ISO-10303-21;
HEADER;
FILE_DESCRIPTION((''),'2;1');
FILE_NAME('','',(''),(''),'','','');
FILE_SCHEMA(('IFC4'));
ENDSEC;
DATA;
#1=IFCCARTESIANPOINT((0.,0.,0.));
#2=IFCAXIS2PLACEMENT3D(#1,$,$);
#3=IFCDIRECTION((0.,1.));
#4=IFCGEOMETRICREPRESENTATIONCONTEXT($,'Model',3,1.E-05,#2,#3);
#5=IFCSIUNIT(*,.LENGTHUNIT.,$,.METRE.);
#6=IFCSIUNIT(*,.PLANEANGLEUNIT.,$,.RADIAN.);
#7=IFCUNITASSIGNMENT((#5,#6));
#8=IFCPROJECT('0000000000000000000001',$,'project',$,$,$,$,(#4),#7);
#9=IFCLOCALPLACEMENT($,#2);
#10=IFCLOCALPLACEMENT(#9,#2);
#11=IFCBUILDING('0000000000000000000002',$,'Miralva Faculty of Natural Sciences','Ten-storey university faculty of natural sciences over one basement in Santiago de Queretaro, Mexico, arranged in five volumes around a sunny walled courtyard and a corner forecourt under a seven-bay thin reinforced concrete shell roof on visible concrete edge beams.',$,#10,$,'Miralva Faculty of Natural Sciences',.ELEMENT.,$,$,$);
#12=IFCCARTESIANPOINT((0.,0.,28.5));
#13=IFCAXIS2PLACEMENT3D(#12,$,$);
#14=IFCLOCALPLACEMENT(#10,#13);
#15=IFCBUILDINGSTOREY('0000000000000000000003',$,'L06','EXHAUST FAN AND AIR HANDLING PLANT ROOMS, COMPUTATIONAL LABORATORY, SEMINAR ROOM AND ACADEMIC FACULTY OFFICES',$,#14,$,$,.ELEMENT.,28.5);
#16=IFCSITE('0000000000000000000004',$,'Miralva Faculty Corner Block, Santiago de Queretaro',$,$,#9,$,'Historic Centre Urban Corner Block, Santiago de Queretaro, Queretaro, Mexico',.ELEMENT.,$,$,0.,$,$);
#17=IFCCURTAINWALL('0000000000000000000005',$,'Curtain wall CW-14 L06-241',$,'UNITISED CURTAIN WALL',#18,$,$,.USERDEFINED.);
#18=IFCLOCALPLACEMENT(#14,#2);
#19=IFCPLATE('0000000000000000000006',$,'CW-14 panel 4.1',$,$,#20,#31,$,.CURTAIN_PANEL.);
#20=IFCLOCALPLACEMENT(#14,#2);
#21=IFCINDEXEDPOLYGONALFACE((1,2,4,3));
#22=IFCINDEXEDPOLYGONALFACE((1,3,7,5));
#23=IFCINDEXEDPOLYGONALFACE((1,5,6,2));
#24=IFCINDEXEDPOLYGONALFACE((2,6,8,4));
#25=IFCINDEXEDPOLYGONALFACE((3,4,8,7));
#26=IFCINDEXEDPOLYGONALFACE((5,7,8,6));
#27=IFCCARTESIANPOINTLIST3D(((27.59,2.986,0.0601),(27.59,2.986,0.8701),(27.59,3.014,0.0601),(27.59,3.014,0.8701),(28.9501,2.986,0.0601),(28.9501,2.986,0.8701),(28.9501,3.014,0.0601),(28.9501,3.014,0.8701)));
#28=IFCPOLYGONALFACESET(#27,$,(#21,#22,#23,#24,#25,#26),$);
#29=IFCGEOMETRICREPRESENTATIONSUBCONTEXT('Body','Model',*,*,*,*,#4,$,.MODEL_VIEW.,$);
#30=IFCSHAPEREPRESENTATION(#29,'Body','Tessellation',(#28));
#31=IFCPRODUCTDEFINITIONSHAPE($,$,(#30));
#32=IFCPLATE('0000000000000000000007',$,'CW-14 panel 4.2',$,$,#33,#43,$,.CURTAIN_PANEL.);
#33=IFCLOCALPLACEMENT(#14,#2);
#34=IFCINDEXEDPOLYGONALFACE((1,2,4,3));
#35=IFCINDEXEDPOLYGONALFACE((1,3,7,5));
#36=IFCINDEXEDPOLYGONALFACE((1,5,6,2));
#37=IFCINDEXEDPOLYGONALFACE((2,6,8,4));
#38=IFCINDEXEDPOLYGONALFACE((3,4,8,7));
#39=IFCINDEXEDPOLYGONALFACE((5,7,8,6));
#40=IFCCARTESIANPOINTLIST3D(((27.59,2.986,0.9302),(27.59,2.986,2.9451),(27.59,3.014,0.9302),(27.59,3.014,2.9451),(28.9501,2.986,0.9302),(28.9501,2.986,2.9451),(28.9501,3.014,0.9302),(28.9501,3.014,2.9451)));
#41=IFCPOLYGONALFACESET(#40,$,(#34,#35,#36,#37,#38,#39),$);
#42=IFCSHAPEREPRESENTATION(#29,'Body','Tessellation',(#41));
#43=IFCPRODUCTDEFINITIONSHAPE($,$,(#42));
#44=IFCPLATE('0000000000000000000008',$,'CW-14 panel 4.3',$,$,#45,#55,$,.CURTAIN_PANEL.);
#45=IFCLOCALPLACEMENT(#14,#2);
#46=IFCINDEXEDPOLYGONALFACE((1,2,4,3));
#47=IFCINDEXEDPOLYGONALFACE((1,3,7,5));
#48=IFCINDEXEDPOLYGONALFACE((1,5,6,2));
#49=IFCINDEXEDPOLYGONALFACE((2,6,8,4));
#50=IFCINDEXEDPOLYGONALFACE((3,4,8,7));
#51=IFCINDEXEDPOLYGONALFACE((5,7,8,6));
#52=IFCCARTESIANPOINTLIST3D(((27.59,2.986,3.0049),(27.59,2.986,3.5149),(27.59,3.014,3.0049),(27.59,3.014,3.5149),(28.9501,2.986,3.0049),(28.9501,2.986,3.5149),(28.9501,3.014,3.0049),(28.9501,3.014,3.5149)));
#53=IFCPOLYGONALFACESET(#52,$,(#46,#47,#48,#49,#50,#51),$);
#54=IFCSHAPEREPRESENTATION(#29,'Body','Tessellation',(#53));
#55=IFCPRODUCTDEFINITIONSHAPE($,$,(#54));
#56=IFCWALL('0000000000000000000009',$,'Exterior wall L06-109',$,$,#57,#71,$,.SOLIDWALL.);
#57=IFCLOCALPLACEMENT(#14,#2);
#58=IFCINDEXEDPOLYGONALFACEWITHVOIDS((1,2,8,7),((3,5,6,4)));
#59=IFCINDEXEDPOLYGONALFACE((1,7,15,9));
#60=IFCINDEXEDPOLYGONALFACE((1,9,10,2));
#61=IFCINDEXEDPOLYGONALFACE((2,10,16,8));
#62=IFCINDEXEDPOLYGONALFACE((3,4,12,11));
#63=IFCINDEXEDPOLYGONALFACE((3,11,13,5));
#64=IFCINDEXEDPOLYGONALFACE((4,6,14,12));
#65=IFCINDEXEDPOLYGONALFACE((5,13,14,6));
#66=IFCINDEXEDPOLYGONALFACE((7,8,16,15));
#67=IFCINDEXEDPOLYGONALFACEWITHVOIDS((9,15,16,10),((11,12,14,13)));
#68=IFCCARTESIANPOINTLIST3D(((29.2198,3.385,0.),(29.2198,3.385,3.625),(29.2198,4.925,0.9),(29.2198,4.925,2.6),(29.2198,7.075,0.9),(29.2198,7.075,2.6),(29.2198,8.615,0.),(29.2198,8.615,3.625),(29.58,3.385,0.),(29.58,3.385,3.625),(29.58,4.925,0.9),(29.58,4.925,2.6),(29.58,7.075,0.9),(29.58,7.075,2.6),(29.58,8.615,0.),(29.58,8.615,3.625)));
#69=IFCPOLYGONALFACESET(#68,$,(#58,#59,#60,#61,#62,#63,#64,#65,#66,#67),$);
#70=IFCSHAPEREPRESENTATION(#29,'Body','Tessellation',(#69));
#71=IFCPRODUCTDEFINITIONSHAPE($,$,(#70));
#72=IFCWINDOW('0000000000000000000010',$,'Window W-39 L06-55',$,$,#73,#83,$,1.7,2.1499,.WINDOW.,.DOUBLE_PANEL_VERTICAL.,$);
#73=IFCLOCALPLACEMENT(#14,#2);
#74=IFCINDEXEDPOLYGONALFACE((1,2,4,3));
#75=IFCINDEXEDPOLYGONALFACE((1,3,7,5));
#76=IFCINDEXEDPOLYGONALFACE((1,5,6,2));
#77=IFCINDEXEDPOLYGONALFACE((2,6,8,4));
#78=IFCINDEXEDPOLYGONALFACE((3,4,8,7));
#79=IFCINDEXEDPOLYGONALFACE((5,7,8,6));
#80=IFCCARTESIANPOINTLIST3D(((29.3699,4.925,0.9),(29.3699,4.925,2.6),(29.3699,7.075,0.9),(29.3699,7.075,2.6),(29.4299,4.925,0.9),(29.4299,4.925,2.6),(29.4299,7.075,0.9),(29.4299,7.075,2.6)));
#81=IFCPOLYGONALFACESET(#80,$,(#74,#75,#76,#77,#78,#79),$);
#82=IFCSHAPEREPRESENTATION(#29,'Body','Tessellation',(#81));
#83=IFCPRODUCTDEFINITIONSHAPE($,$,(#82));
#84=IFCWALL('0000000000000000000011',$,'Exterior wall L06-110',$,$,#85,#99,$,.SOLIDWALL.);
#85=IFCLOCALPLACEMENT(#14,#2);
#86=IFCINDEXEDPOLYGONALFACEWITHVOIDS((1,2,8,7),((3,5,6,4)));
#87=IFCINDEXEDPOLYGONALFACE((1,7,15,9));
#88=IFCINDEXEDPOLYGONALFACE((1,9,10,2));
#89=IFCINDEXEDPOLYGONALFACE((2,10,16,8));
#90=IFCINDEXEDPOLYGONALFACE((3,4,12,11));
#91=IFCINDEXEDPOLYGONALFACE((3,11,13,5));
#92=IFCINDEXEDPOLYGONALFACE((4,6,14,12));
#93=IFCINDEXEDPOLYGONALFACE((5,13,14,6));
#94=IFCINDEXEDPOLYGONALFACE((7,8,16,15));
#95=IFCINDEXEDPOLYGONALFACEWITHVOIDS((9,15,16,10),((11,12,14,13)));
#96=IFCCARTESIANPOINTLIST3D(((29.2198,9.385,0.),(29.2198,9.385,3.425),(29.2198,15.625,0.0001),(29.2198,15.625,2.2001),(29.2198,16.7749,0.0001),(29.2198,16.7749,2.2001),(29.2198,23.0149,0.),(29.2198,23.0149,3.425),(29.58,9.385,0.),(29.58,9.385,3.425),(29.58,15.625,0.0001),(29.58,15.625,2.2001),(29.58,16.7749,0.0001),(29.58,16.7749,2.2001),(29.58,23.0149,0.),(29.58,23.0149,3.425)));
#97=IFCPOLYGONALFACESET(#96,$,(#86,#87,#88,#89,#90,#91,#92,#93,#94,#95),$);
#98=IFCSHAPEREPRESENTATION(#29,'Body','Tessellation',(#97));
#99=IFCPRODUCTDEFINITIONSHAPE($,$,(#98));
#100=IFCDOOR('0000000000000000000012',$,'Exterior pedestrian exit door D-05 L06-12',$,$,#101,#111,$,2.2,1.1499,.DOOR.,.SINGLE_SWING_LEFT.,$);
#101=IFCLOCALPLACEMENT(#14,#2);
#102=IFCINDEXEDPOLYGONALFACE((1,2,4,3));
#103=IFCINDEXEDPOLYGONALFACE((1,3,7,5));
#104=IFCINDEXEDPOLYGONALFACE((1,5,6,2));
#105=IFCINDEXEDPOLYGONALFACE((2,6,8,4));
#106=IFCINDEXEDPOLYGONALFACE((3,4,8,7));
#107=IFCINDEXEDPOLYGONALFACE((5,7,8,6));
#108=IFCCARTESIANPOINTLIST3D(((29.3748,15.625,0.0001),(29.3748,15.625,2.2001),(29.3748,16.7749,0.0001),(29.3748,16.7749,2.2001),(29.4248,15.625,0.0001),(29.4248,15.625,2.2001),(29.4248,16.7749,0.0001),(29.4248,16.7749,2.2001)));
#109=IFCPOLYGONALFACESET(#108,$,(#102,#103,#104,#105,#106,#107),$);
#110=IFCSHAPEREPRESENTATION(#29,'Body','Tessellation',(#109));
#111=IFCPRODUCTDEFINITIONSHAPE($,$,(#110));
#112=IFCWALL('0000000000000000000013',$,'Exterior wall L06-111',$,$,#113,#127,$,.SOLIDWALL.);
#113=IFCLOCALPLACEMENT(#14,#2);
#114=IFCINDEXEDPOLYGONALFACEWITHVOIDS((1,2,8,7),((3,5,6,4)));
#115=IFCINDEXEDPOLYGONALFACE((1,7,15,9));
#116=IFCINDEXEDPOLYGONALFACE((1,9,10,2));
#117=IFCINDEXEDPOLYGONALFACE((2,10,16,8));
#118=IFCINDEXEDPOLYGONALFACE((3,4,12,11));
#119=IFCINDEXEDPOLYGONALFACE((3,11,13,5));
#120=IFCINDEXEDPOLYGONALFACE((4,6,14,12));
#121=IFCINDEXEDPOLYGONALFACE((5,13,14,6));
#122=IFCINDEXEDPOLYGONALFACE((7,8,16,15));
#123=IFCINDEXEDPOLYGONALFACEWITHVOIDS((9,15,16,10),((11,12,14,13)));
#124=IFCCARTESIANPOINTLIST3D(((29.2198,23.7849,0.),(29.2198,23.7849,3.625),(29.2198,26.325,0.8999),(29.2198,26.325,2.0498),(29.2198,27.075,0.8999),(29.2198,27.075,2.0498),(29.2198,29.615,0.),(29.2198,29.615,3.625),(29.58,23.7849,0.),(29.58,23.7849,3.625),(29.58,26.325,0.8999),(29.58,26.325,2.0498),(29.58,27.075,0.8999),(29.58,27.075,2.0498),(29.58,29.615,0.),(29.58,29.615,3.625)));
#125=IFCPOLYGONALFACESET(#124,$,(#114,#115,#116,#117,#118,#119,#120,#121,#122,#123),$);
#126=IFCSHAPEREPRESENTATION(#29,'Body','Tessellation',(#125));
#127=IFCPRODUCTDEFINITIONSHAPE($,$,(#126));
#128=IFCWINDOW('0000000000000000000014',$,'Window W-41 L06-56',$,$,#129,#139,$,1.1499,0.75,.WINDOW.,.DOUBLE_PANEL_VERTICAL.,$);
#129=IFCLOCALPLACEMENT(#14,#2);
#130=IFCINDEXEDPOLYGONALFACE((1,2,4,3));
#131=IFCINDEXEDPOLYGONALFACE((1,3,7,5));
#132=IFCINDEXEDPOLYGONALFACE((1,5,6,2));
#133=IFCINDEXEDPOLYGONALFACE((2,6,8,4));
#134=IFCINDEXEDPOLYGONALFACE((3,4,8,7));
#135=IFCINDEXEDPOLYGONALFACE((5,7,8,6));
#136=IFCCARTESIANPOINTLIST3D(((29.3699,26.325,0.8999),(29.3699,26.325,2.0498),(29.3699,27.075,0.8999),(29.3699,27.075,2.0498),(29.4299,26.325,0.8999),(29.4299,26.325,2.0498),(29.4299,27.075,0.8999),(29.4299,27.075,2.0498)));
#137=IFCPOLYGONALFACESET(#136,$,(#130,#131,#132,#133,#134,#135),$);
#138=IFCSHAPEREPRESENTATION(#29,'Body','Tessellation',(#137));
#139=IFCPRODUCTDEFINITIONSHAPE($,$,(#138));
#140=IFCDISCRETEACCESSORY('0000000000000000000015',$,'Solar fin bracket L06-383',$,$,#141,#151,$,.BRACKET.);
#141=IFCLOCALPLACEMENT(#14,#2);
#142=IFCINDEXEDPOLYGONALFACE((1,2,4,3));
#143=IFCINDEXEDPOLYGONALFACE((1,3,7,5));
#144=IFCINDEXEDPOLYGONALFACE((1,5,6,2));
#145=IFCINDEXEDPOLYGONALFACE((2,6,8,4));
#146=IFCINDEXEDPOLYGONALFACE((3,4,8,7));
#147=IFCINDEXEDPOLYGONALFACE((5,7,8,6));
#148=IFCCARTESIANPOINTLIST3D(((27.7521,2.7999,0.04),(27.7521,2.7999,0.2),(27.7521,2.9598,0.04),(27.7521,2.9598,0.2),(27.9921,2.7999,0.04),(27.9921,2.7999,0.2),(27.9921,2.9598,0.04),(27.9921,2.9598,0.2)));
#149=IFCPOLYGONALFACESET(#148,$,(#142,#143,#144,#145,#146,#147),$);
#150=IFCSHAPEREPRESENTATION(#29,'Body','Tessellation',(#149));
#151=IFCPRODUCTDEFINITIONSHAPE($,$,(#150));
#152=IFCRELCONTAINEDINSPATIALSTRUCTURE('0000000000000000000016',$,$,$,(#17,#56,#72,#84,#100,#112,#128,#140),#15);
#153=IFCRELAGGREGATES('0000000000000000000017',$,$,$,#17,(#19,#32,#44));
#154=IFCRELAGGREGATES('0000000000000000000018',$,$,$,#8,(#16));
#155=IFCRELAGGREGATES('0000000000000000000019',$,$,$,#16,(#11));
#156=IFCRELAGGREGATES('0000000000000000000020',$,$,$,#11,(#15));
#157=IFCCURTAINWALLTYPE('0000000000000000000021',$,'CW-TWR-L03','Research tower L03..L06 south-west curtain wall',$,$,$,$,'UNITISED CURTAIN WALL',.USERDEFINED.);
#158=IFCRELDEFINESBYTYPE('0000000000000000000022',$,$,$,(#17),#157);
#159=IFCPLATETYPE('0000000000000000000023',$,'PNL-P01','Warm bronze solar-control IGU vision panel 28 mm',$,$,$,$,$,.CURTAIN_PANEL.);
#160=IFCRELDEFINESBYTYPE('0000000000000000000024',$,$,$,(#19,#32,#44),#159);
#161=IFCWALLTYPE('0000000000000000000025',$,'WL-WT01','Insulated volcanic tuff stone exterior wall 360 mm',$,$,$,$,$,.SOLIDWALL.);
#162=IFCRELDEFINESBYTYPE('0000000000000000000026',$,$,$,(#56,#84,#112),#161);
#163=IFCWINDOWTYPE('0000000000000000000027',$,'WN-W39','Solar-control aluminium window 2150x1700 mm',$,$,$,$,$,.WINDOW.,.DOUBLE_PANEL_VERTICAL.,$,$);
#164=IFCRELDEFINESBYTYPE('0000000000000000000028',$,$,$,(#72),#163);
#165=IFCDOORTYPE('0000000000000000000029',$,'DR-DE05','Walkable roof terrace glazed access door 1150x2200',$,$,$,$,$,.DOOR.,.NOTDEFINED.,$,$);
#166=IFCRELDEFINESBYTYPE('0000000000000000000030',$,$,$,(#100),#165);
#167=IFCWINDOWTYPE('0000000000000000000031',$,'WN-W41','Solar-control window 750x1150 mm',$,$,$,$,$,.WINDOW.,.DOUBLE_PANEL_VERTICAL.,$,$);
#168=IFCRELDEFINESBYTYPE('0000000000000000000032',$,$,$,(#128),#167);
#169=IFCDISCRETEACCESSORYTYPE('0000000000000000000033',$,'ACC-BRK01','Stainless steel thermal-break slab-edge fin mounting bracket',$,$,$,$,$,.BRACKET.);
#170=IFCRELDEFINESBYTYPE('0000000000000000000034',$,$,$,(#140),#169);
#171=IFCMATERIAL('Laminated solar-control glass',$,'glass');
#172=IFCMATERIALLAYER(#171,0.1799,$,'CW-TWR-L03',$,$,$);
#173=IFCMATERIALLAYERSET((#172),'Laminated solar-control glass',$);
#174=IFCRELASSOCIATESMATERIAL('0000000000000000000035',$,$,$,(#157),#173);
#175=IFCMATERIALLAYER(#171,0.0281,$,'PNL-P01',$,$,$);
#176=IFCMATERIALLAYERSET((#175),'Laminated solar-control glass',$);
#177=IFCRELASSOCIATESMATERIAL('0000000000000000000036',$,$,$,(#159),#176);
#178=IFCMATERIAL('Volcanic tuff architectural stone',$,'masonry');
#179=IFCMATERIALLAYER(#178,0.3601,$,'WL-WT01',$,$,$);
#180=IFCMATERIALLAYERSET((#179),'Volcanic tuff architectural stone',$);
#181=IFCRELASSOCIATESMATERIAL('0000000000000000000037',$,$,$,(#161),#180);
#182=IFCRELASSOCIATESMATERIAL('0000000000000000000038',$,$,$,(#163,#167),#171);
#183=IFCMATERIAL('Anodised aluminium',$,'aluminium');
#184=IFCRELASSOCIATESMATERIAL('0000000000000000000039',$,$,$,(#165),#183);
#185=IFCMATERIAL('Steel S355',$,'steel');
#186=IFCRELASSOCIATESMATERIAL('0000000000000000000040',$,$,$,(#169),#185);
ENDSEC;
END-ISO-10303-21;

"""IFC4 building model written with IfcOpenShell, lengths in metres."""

from ifc_helpers import new_model, si_unit, direction, frame, frame_2d, origin, origin_2d, place, context, subcontext, project, spatial, rectangle, extrude, material, layer, layer_set, type_object, element, fill, aggregate, save


model = new_model("IFC4")

# Units and contexts
model_context = context("Model", 3, precision=1e-05, world=origin(), true_north=direction((0.0, 1.0)))
body_context = subcontext(model_context, "Body", "Model", "MODEL_VIEW")
ifc_project = project(units=[si_unit("LENGTHUNIT", "METRE"), si_unit("PLANEANGLEUNIT", "RADIAN")], contexts=[model_context])

# Site, building, storey
site_placement = place(None, origin())
site = spatial("IfcSite", under=ifc_project, at=site_placement, Name="Miralva Faculty Corner Block, Santiago de Queretaro", LongName="Historic Centre Urban Corner Block, Santiago de Queretaro, Queretaro, Mexico", CompositionType="ELEMENT", RefElevation=0.0)
building_placement = place(site_placement, origin())
building = spatial("IfcBuilding", under=site, at=building_placement, Name="Miralva Faculty of Natural Sciences", Description="Ten-storey university faculty of natural sciences over one basement in Santiago de Queretaro, Mexico, arranged in five volumes around a sunny walled courtyard and a corner forecourt under a seven-bay thin reinforced concrete shell roof on visible concrete edge beams.", LongName="Miralva Faculty of Natural Sciences", CompositionType="ELEMENT")
storey_placement = place(building_placement, frame((0.0, 0.0, 28.5)))
storey = spatial("IfcBuildingStorey", under=building, at=storey_placement, Name="L06", Description="EXHAUST FAN AND AIR HANDLING PLANT ROOMS, COMPUTATIONAL LABORATORY, SEMINAR ROOM AND ACADEMIC FACULTY OFFICES", CompositionType="ELEMENT", Elevation=28.5)

# Curtain wall
ifc_material_1 = material(Name="Laminated solar-control glass", Category="glass")
ifc_layer_1 = layer(ifc_material_1, 0.1799, Name="CW-TWR-L03")
ifc_layer_set_1 = layer_set([ifc_layer_1], Name="Laminated solar-control glass")
curtain_wall_type = type_object("IfcCurtainWallType", Name="CW-TWR-L03", Description="Research tower L03..L06 south-west curtain wall", ElementType="UNITISED CURTAIN WALL", PredefinedType="USERDEFINED", material=ifc_layer_set_1)
curtain_wall_placement = place(storey_placement, origin())
curtain_wall = element("IfcCurtainWall", 1, at=curtain_wall_placement, inside=storey, type_object=curtain_wall_type, Name="Curtain wall CW-14 L06-241", ObjectType="UNITISED CURTAIN WALL", PredefinedType="USERDEFINED")
ifc_material_2 = material(Name="Anodised aluminium", Category="aluminium")

# Shared definitions
ifc_material_3 = material(Name="Steel S355", Category="steel")

# Plates
ifc_layer_2 = layer(ifc_material_1, 0.0281, Name="PNL-P01")
ifc_layer_set_2 = layer_set([ifc_layer_2], Name="Laminated solar-control glass")
plate_type = type_object("IfcPlateType", Name="PNL-P01", Description="Warm bronze solar-control IGU vision panel 28 mm", PredefinedType="CURTAIN_PANEL", material=ifc_layer_set_2)
plate_1_placement = place(storey_placement, frame((28.27, 3.0, 0.0601), z_axis=(0.0, 0.0, 1.0), x_axis=(1.0, 0.0, 0.0)))
plate_1 = element("IfcPlate", 2, at=plate_1_placement, type_object=plate_type, Name="CW-14 panel 4.1", PredefinedType="CURTAIN_PANEL", context=body_context, shape_type="SweptSolid", body=[
    extrude(rectangle(XDim=1.3601, YDim=0.0281, at=origin_2d()), origin(), (0.0, 0.0, 1.0), 0.8101),
])
plate_2_placement = place(storey_placement, frame((28.27, 3.0, 0.9302), z_axis=(0.0, 0.0, 1.0), x_axis=(1.0, 0.0, 0.0)))
plate_2 = element("IfcPlate", 3, at=plate_2_placement, type_object=plate_type, Name="CW-14 panel 4.2", PredefinedType="CURTAIN_PANEL", context=body_context, shape_type="SweptSolid", body=[
    extrude(rectangle(XDim=1.3601, YDim=0.0281, at=origin_2d()), origin(), (0.0, 0.0, 1.0), 2.0149),
])
plate_3_placement = place(storey_placement, frame((28.27, 3.0, 3.0049), z_axis=(0.0, 0.0, 1.0), x_axis=(1.0, 0.0, 0.0)))
plate_3 = element("IfcPlate", 4, at=plate_3_placement, type_object=plate_type, Name="CW-14 panel 4.3", PredefinedType="CURTAIN_PANEL", context=body_context, shape_type="SweptSolid", body=[
    extrude(rectangle(XDim=1.3601, YDim=0.0281, at=origin_2d()), origin(), (0.0, 0.0, 1.0), 0.51),
])
aggregate(curtain_wall, [plate_1, plate_2, plate_3])

# Wall, opening, window
ifc_material_4 = material(Name="Volcanic tuff architectural stone", Category="masonry")
ifc_layer_3 = layer(ifc_material_4, 0.3601, Name="WL-WT01")
ifc_layer_set_3 = layer_set([ifc_layer_3], Name="Volcanic tuff architectural stone")
wall_type = type_object("IfcWallType", Name="WL-WT01", Description="Insulated volcanic tuff stone exterior wall 360 mm", PredefinedType="SOLIDWALL", material=ifc_layer_set_3)
wall_1_placement = place(storey_placement, frame((29.3999, 3.385, 0.0), z_axis=(0.0, 0.0, 1.0), x_axis=(0.0, 1.0, 0.0)))
wall_1 = element("IfcWall", 5, at=wall_1_placement, inside=storey, type_object=wall_type, Name="Exterior wall L06-109", PredefinedType="SOLIDWALL", context=body_context, shape_type="SweptSolid", body=[
    extrude(rectangle(XDim=5.23, YDim=0.3601, at=frame_2d((2.615, 0.0))), origin(), (0.0, 0.0, 1.0), 3.625),
])
opening_1_placement = place(wall_1_placement, frame((1.54, 0.0, 0.8999)))
opening_1 = element("IfcOpeningElement", 6, at=opening_1_placement, cuts=wall_1, PredefinedType="OPENING", context=body_context, shape_type="SweptSolid", body=[
    extrude(rectangle(XDim=2.1499, YDim=1.7, at=frame_2d((1.075, 0.8501))), frame((0.0, 0.1899, 0.0), z_axis=(0.0, -1.0, 0.0), x_axis=(1.0, 0.0, 0.0)), (0.0, 0.0, 1.0), 0.3801),
])
window_type_1 = type_object("IfcWindowType", Name="WN-W39", Description="Solar-control aluminium window 2150x1700 mm", PartitioningType="DOUBLE_PANEL_VERTICAL", PredefinedType="WINDOW", material=ifc_material_1)
window_1_placement = place(opening_1_placement, frame((2.1499, 0.0, 0.0), z_axis=(0.0, 0.0, 1.0), x_axis=(-1.0, 0.0, 0.0)))
window_1 = element("IfcWindow", 7, at=window_1_placement, inside=storey, type_object=window_type_1, Name="Window W-39 L06-55", OverallHeight=1.7, OverallWidth=2.1499, PartitioningType="DOUBLE_PANEL_VERTICAL", PredefinedType="WINDOW", context=body_context, shape_type="SweptSolid", body=[
    extrude(rectangle(XDim=2.1499, YDim=1.7, at=frame_2d((1.075, 0.8501))), frame((0.0, 0.03, 0.0), z_axis=(0.0, -1.0, 0.0), x_axis=(1.0, 0.0, 0.0)), (0.0, 0.0, 1.0), 0.0601),
])
fill(opening_1, window_1)

# Wall, opening, door
wall_2_placement = place(storey_placement, frame((29.3999, 9.385, 0.0), z_axis=(0.0, 0.0, 1.0), x_axis=(0.0, 1.0, 0.0)))
wall_2 = element("IfcWall", 8, at=wall_2_placement, inside=storey, type_object=wall_type, Name="Exterior wall L06-110", PredefinedType="SOLIDWALL", context=body_context, shape_type="SweptSolid", body=[
    extrude(rectangle(XDim=13.6299, YDim=0.3601, at=frame_2d((6.8149, 0.0))), origin(), (0.0, 0.0, 1.0), 3.425),
])
opening_2_placement = place(wall_2_placement, frame((6.24, 0.0, 0.0)))
opening_2 = element("IfcOpeningElement", 9, at=opening_2_placement, cuts=wall_2, PredefinedType="OPENING", context=body_context, shape_type="SweptSolid", body=[
    extrude(rectangle(XDim=1.1499, YDim=2.2, at=frame_2d((0.575, 1.1001))), frame((0.0, 0.1899, 0.0), z_axis=(0.0, -1.0, 0.0), x_axis=(1.0, 0.0, 0.0)), (0.0, 0.0, 1.0), 0.3801),
])
door_type = type_object("IfcDoorType", Name="DR-DE05", Description="Walkable roof terrace glazed access door 1150x2200", OperationType="NOTDEFINED", PredefinedType="DOOR", material=ifc_material_2)
door_placement = place(opening_2_placement, frame((1.1499, 0.0, 0.0), z_axis=(0.0, 0.0, 1.0), x_axis=(-1.0, 0.0, 0.0)))
door = element("IfcDoor", 10, at=door_placement, inside=storey, type_object=door_type, Name="Exterior pedestrian exit door D-05 L06-12", OperationType="SINGLE_SWING_LEFT", OverallHeight=2.2, OverallWidth=1.1499, PredefinedType="DOOR", context=body_context, shape_type="SweptSolid", body=[
    extrude(rectangle(XDim=1.1499, YDim=2.2, at=frame_2d((0.575, 1.1001))), frame((0.0, 0.0249, 0.0), z_axis=(0.0, -1.0, 0.0), x_axis=(1.0, 0.0, 0.0)), (0.0, 0.0, 1.0), 0.05),
])
fill(opening_2, door)

# Wall, opening, window
wall_3_placement = place(storey_placement, frame((29.3999, 23.7849, 0.0), z_axis=(0.0, 0.0, 1.0), x_axis=(0.0, 1.0, 0.0)))
wall_3 = element("IfcWall", 11, at=wall_3_placement, inside=storey, type_object=wall_type, Name="Exterior wall L06-111", PredefinedType="SOLIDWALL", context=body_context, shape_type="SweptSolid", body=[
    extrude(rectangle(XDim=5.8301, YDim=0.3601, at=frame_2d((2.915, 0.0))), origin(), (0.0, 0.0, 1.0), 3.625),
])
opening_3_placement = place(wall_3_placement, frame((2.54, 0.0, 0.8999)))
opening_3 = element("IfcOpeningElement", 12, at=opening_3_placement, cuts=wall_3, PredefinedType="OPENING", context=body_context, shape_type="SweptSolid", body=[
    extrude(rectangle(XDim=0.75, YDim=1.1499, at=frame_2d((0.375, 0.575))), frame((0.0, 0.1899, 0.0), z_axis=(0.0, -1.0, 0.0), x_axis=(1.0, 0.0, 0.0)), (0.0, 0.0, 1.0), 0.3801),
])
window_type_2 = type_object("IfcWindowType", Name="WN-W41", Description="Solar-control window 750x1150 mm", PartitioningType="DOUBLE_PANEL_VERTICAL", PredefinedType="WINDOW", material=ifc_material_1)
window_2_placement = place(opening_3_placement, frame((0.75, 0.0, 0.0), z_axis=(0.0, 0.0, 1.0), x_axis=(-1.0, 0.0, 0.0)))
window_2 = element("IfcWindow", 13, at=window_2_placement, inside=storey, type_object=window_type_2, Name="Window W-41 L06-56", OverallHeight=1.1499, OverallWidth=0.75, PartitioningType="DOUBLE_PANEL_VERTICAL", PredefinedType="WINDOW", context=body_context, shape_type="SweptSolid", body=[
    extrude(rectangle(XDim=0.75, YDim=1.1499, at=frame_2d((0.375, 0.575))), frame((0.0, 0.03, 0.0), z_axis=(0.0, -1.0, 0.0), x_axis=(1.0, 0.0, 0.0)), (0.0, 0.0, 1.0), 0.0601),
])
fill(opening_3, window_2)

# Discrete accessory
discrete_accessory_type = type_object("IfcDiscreteAccessoryType", Name="ACC-BRK01", Description="Stainless steel thermal-break slab-edge fin mounting bracket", PredefinedType="BRACKET", material=ifc_material_3)
discrete_accessory_placement = place(storey_placement, frame((27.8721, 2.8799, 0.04), z_axis=(0.0, 0.0, 1.0), x_axis=(0.0, -1.0, 0.0)))
element("IfcDiscreteAccessory", 14, at=discrete_accessory_placement, inside=storey, type_object=discrete_accessory_type, Name="Solar fin bracket L06-383", PredefinedType="BRACKET", context=body_context, shape_type="SweptSolid", body=[
    extrude(rectangle(XDim=0.1599, YDim=0.24, at=origin_2d()), origin(), (0.0, 0.0, 1.0), 0.1599),
])

save(model, "model.ifc")
